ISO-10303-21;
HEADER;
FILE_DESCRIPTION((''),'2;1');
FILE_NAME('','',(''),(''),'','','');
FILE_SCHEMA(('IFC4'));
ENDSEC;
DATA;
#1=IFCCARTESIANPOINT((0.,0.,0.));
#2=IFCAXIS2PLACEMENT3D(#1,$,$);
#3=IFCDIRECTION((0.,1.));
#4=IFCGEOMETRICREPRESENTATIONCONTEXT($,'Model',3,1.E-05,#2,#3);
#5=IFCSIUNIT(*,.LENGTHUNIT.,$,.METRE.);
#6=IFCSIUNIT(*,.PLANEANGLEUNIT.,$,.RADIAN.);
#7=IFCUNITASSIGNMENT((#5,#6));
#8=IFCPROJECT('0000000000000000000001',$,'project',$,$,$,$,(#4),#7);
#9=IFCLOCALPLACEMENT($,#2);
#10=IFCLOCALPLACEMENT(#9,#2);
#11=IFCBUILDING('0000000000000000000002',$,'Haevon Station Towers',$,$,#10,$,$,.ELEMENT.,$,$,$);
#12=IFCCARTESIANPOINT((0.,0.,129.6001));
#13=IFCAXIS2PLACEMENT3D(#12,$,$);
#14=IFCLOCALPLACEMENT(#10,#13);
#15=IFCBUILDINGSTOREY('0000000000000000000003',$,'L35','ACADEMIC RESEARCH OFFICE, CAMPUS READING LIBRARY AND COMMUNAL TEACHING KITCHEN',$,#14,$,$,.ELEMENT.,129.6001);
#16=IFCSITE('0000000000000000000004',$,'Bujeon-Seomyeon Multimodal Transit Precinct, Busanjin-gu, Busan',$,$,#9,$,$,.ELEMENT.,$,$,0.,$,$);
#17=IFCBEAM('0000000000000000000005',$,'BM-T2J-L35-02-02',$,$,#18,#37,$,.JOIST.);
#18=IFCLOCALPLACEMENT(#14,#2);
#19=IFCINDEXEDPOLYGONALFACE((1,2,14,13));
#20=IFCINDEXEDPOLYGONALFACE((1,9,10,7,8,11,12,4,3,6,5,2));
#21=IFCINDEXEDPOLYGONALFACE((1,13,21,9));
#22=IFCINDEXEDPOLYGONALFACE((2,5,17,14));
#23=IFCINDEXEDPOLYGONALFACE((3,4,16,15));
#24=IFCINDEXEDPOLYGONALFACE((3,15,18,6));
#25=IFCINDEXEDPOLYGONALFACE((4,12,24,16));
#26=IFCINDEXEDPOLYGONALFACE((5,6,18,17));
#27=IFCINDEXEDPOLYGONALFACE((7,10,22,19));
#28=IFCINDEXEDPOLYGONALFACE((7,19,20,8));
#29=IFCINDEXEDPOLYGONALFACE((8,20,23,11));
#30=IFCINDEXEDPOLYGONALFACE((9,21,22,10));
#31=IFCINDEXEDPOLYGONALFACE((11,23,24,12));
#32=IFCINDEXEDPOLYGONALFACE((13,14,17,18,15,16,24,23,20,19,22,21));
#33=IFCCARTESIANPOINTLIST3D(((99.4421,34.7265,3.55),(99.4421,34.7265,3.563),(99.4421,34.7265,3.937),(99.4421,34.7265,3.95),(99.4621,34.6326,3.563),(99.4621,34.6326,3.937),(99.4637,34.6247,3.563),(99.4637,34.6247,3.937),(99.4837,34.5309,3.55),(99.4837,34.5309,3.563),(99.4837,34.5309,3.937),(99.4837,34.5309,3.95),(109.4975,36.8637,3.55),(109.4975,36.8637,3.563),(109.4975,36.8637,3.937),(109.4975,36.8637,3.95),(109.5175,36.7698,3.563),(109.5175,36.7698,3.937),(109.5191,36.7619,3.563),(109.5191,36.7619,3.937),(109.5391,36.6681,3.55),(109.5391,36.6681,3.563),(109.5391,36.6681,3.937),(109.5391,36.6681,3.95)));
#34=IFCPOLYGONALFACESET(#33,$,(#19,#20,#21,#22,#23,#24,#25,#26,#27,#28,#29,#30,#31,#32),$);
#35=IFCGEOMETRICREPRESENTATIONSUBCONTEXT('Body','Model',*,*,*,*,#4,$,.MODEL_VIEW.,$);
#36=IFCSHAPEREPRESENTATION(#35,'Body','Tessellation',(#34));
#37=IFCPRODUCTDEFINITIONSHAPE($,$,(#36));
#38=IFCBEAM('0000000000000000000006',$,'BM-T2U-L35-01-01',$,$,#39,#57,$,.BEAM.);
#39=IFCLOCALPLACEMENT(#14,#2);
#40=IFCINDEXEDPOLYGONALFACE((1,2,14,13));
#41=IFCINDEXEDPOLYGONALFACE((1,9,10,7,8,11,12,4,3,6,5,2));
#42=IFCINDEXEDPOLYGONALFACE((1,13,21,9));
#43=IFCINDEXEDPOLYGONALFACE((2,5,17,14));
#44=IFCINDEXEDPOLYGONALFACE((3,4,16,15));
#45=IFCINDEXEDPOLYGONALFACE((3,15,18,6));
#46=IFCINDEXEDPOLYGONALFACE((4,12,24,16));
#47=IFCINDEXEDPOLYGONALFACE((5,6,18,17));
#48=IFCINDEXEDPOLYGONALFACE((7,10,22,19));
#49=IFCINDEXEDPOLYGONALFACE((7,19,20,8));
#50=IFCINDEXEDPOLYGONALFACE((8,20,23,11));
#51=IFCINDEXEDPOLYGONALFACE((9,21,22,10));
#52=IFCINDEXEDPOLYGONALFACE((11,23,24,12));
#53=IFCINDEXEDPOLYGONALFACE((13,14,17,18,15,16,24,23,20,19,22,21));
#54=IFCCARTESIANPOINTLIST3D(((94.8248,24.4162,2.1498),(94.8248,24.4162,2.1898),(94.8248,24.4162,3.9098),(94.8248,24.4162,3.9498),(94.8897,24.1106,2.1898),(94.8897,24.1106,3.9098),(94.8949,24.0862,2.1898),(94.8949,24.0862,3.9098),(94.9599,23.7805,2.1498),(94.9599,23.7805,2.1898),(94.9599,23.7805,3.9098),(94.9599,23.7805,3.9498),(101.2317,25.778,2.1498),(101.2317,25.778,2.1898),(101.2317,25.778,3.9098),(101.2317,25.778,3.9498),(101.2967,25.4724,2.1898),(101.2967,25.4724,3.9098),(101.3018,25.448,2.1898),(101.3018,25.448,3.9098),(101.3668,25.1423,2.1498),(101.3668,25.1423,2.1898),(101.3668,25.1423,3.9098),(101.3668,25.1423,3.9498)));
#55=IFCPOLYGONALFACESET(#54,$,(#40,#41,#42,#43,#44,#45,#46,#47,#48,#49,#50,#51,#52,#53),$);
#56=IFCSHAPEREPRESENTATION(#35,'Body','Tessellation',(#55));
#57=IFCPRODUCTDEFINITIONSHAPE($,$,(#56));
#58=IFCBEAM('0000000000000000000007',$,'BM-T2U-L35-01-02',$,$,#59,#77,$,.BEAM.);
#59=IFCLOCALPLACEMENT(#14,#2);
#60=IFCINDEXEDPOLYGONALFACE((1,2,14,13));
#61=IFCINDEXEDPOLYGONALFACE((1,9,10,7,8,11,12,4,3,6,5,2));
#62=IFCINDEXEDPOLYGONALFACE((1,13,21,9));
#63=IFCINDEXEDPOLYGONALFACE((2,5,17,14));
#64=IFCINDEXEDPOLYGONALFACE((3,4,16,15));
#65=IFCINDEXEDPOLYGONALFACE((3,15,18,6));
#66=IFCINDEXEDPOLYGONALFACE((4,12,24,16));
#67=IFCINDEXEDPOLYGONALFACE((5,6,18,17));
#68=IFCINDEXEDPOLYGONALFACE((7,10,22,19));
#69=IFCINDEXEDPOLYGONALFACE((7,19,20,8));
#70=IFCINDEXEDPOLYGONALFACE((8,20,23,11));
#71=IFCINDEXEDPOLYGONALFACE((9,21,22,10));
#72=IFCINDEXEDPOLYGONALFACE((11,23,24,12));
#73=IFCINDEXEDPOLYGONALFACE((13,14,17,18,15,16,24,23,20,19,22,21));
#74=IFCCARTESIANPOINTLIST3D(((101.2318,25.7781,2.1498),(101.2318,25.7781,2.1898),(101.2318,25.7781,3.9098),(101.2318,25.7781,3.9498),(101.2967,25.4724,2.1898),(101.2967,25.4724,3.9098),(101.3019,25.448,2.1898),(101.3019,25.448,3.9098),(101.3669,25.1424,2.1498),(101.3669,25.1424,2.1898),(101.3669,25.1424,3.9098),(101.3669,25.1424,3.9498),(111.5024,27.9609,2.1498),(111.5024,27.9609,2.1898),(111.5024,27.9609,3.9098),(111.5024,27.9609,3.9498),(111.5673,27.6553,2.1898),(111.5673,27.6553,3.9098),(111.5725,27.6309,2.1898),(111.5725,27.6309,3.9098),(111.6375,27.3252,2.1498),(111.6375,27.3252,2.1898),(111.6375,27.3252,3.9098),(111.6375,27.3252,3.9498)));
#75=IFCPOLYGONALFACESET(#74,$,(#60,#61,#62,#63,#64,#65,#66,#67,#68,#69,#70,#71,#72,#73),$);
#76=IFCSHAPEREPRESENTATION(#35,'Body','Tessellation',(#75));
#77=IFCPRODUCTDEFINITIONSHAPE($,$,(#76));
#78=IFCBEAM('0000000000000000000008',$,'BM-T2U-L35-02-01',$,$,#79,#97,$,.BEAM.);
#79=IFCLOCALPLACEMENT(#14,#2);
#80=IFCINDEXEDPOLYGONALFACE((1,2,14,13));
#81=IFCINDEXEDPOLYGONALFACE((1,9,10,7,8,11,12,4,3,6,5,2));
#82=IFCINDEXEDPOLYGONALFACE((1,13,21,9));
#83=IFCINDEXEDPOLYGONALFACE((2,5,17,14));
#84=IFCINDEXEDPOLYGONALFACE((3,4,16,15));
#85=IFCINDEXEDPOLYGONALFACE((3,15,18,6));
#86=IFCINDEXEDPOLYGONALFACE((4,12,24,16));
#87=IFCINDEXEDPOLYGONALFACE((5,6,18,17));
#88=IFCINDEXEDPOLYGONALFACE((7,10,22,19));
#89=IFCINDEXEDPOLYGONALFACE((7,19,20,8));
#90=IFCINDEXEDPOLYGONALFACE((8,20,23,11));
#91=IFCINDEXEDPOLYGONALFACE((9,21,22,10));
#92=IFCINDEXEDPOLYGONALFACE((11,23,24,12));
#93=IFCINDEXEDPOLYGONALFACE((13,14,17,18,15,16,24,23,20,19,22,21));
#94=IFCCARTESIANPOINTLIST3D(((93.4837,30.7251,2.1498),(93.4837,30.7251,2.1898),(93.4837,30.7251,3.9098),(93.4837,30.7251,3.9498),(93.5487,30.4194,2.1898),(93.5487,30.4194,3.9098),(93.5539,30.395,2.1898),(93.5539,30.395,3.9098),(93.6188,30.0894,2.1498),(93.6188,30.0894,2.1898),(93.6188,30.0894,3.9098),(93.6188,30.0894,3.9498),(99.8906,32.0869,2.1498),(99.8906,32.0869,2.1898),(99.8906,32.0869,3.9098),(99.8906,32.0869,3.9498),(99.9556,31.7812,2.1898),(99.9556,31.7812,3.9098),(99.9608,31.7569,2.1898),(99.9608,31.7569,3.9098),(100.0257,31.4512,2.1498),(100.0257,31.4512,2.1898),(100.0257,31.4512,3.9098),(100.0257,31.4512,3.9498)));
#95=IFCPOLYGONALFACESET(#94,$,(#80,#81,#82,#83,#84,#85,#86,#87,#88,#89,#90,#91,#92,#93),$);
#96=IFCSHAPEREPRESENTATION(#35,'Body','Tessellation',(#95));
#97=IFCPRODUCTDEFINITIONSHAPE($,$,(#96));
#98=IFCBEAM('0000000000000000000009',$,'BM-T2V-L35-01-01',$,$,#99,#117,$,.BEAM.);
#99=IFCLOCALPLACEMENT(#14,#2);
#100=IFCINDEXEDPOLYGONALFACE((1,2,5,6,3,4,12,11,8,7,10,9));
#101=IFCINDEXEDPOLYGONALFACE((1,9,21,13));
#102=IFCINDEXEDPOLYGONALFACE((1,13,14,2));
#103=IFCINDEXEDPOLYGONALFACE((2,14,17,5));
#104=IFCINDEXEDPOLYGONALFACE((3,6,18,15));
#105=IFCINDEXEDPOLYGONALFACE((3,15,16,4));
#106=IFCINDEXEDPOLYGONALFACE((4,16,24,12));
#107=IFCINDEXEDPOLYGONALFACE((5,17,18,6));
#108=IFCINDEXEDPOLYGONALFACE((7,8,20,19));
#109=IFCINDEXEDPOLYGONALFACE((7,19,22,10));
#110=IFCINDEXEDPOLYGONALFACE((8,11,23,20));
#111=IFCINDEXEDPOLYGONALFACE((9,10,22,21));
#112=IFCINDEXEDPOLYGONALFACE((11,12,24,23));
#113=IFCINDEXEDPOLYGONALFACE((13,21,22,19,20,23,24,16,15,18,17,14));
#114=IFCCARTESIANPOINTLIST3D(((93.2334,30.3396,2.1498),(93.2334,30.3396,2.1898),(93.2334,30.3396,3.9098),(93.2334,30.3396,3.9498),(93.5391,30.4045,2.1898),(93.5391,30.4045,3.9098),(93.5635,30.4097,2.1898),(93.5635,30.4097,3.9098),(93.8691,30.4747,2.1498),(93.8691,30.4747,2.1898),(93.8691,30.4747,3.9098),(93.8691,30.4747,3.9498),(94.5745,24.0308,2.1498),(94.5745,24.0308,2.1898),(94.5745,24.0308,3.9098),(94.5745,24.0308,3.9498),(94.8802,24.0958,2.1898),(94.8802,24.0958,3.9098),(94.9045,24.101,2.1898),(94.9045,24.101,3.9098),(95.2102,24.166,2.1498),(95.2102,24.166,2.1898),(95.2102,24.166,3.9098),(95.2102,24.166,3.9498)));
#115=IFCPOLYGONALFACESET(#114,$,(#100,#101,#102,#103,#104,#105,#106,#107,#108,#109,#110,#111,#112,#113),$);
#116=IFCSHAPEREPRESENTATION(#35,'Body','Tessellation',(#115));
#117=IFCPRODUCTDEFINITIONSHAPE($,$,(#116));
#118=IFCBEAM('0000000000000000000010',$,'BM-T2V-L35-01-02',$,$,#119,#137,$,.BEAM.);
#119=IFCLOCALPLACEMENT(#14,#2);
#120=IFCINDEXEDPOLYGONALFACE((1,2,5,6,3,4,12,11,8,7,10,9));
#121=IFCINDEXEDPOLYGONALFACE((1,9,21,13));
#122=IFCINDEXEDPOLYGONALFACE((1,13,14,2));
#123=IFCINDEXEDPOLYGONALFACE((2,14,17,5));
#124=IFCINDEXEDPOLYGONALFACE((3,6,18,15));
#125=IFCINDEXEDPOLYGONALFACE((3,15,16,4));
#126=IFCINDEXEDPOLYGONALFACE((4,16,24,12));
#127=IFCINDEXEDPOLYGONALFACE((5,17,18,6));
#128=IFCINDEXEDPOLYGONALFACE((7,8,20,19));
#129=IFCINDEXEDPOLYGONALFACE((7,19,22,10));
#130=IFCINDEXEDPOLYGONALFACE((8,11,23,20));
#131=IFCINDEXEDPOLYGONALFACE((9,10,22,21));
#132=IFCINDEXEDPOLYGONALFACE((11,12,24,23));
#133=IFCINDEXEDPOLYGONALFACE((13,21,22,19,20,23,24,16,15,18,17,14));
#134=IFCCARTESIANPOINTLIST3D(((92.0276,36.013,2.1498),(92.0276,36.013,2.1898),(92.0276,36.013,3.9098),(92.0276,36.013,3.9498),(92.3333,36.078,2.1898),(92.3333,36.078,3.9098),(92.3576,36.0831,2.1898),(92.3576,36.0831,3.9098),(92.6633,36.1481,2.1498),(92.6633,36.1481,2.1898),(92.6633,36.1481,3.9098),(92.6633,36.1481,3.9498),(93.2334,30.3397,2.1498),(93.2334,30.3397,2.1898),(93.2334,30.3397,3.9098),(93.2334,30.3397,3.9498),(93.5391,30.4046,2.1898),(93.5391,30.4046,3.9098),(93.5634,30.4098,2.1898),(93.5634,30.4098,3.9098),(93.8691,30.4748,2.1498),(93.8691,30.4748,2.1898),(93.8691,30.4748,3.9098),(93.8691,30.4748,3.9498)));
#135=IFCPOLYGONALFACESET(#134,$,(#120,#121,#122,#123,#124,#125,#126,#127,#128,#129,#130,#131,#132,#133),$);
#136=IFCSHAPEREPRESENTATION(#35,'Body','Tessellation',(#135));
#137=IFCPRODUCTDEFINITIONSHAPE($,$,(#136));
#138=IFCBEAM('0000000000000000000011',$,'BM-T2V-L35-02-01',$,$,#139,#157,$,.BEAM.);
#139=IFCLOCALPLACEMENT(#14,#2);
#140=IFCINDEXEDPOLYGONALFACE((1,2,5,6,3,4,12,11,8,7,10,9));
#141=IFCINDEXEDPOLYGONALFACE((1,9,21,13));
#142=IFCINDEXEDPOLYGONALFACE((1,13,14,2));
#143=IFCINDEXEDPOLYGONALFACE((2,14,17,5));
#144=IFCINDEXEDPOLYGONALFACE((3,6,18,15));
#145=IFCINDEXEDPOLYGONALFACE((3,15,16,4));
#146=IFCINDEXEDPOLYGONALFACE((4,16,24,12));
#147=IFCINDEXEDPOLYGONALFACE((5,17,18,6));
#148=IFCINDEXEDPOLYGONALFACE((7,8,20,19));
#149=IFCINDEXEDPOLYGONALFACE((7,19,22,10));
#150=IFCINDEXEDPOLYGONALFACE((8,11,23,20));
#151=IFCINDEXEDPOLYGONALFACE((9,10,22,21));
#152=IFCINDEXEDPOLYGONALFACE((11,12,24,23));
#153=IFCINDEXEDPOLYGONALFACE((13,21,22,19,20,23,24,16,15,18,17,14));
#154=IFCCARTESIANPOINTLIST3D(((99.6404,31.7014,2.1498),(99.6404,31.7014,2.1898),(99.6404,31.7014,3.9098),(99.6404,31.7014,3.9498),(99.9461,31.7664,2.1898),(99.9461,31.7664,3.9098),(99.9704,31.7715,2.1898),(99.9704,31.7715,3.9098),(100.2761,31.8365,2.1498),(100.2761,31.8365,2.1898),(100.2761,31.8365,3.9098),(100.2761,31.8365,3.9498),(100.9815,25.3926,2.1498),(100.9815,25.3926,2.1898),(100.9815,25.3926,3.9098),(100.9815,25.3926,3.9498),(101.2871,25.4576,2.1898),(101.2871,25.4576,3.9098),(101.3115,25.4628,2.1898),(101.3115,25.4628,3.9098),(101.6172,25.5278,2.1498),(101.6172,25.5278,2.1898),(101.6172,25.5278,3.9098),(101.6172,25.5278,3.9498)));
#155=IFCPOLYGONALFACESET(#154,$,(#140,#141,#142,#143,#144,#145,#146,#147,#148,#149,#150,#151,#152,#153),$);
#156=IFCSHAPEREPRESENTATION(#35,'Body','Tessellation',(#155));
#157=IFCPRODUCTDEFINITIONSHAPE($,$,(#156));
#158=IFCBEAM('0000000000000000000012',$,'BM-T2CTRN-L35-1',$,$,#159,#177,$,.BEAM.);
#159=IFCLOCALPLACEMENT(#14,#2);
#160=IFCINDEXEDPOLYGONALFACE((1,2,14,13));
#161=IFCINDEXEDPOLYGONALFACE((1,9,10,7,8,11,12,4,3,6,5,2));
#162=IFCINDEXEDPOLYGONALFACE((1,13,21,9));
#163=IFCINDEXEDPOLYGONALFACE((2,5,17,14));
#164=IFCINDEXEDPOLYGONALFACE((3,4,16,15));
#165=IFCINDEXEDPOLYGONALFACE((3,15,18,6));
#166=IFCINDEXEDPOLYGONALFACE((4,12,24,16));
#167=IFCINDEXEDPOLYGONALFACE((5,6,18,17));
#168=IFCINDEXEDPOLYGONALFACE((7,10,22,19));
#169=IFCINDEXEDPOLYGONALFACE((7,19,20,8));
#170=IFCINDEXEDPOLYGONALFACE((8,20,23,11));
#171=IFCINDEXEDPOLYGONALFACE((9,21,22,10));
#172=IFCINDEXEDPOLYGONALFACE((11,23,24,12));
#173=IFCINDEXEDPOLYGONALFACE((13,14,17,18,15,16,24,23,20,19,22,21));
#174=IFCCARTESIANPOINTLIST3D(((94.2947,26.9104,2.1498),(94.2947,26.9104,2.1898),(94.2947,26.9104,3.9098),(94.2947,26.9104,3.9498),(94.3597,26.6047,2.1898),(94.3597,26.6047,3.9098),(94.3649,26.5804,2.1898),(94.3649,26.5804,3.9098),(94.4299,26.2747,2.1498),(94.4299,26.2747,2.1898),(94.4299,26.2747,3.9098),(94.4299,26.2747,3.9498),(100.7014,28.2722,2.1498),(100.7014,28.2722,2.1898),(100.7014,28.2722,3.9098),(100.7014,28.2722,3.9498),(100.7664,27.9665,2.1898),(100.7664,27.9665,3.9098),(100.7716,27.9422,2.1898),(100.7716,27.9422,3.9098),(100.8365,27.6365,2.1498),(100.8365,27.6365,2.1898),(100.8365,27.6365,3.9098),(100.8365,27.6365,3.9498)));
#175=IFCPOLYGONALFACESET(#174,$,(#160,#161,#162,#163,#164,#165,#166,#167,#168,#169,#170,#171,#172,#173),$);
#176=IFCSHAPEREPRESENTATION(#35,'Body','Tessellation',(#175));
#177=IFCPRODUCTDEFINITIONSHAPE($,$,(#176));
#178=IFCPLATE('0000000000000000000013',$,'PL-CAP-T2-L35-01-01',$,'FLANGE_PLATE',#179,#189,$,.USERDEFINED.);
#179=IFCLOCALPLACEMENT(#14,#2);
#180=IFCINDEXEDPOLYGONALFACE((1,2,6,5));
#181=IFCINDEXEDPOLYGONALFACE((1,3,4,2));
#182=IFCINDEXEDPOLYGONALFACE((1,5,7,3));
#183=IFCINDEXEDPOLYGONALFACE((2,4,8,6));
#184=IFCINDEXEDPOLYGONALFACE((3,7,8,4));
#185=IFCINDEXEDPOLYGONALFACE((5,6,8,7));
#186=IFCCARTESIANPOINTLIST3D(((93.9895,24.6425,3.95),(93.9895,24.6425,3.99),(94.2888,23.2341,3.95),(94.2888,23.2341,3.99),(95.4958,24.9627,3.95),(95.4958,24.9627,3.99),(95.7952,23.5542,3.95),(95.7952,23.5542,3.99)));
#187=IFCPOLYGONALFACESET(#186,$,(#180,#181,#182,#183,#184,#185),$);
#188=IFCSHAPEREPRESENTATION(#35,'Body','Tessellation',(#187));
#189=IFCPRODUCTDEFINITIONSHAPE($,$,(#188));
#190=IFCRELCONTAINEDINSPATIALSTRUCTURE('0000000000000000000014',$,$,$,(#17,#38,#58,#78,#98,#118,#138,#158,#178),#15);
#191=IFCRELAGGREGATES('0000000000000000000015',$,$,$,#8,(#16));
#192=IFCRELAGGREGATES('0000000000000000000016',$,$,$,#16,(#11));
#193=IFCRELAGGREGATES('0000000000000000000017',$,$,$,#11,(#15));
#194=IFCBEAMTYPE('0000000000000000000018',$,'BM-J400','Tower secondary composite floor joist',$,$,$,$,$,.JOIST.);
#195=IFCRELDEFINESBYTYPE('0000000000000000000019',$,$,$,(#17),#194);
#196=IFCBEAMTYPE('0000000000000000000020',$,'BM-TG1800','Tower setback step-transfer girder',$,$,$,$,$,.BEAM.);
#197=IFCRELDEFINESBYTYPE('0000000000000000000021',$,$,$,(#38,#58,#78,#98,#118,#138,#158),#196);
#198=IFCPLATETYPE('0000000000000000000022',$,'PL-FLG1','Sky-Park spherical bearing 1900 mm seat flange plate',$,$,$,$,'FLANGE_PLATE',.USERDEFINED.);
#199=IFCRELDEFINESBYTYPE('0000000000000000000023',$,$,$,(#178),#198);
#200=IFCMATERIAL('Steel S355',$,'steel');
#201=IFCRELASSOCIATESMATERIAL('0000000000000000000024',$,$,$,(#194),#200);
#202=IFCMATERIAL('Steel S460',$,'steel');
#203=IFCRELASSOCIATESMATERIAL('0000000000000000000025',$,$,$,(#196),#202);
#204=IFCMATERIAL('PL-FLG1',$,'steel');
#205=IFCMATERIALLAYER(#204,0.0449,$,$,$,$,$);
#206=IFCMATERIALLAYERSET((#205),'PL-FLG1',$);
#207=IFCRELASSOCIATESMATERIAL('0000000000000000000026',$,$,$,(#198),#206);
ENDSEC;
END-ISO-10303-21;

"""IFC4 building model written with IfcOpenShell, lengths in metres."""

from ifc_helpers import new_model, si_unit, direction, frame, origin, origin_2d, place, context, subcontext, project, spatial, rectangle, i_section, extrude, material, layer, layer_set, material_profile, profile_set, type_object, element, save


model = new_model("IFC4")

# Units and contexts
model_context = context("Model", 3, precision=1e-05, world=origin(), true_north=direction((0.0, 1.0)))
body_context = subcontext(model_context, "Body", "Model", "MODEL_VIEW")
ifc_project = project(units=[si_unit("LENGTHUNIT", "METRE"), si_unit("PLANEANGLEUNIT", "RADIAN")], contexts=[model_context])

# Site, building, storey
site_placement = place(None, origin())
site = spatial("IfcSite", under=ifc_project, at=site_placement, Name="Bujeon-Seomyeon Multimodal Transit Precinct, Busanjin-gu, Busan", CompositionType="ELEMENT", RefElevation=0.0)
building_placement = place(site_placement, origin())
building = spatial("IfcBuilding", under=site, at=building_placement, Name="Haevon Station Towers", CompositionType="ELEMENT")
storey_placement = place(building_placement, frame((0.0, 0.0, 129.6001)))
storey = spatial("IfcBuildingStorey", under=building, at=storey_placement, Name="L35", Description="ACADEMIC RESEARCH OFFICE, CAMPUS READING LIBRARY AND COMMUNAL TEACHING KITCHEN", CompositionType="ELEMENT", Elevation=129.6001)

# Shared definitions
ifc_material_1 = material(Name="Steel S460", Category="steel")

# Beams
ifc_material_2 = material(Name="Steel S355", Category="steel")
ifc_material_profile_1 = material_profile(ifc_material_2, i_section(OverallWidth=0.2, OverallDepth=0.3999, WebThickness=0.0081, FlangeThickness=0.0129, at=origin_2d()), Name="H-400x200x8x13")
ifc_profile_set_1 = profile_set([ifc_material_profile_1], Name="Steel S355")
beam_type_1 = type_object("IfcBeamType", Name="BM-J400", Description="Tower secondary composite floor joist", PredefinedType="JOIST", material=ifc_profile_set_1)
for number, where, z_axis, x_axis, name in (
    (1, (99.4629, 34.6287, 3.75), (0.97815, 0.207899, 0.0), (-0.207899, 0.97815, 0.0), "BM-T2J-L35-02-02"),
):
    element("IfcBeam", number, at=place(storey_placement, frame(where, z_axis=z_axis, x_axis=x_axis)), inside=storey, type_object=beam_type_1, Name=name, PredefinedType="JOIST", context=body_context, shape_type="SweptSolid", body=[
        extrude(i_section(OverallWidth=0.2, OverallDepth=0.3999, WebThickness=0.0081, FlangeThickness=0.0129, at=origin_2d()), origin(), (0.0, 0.0, 1.0), 10.28),
    ])
ifc_material_profile_2 = material_profile(ifc_material_1, i_section(OverallWidth=0.6499, OverallDepth=1.8, WebThickness=0.0249, FlangeThickness=0.04, at=origin_2d()), Name="H-1800x650x25x40")
ifc_profile_set_2 = profile_set([ifc_material_profile_2], Name="Steel S460")
beam_type_2 = type_object("IfcBeamType", Name="BM-TG1800", Description="Tower setback step-transfer girder", PredefinedType="BEAM", material=ifc_profile_set_2)
beam_1_placement = place(storey_placement, frame((94.8923, 24.0984, 3.0498), z_axis=(0.978149, 0.207907, 0.0), x_axis=(-0.207907, 0.978149, 0.0)))
element("IfcBeam", 2, at=beam_1_placement, inside=storey, type_object=beam_type_2, Name="BM-T2U-L35-01-01", PredefinedType="BEAM", context=body_context, shape_type="SweptSolid", body=[
    extrude(i_section(OverallWidth=0.6499, OverallDepth=1.8, WebThickness=0.0249, FlangeThickness=0.04, at=origin_2d()), origin(), (0.0, 0.0, 1.0), 6.55),
])
beam_2_placement = place(storey_placement, frame((101.2993, 25.4602, 3.0498), z_axis=(0.978152, 0.207893, 0.0), x_axis=(-0.207893, 0.978152, 0.0)))
element("IfcBeam", 3, at=beam_2_placement, inside=storey, type_object=beam_type_2, Name="BM-T2U-L35-01-02", PredefinedType="BEAM", context=body_context, shape_type="SweptSolid", body=[
    extrude(i_section(OverallWidth=0.6499, OverallDepth=1.8, WebThickness=0.0249, FlangeThickness=0.04, at=origin_2d()), origin(), (0.0, 0.0, 1.0), 10.5),
])
beam_3_placement = place(storey_placement, frame((93.5513, 30.4072, 3.0498), z_axis=(0.978149, 0.207907, 0.0), x_axis=(-0.207907, 0.978149, 0.0)))
element("IfcBeam", 4, at=beam_3_placement, inside=storey, type_object=beam_type_2, Name="BM-T2U-L35-02-01", PredefinedType="BEAM", context=body_context, shape_type="SweptSolid", body=[
    extrude(i_section(OverallWidth=0.6499, OverallDepth=1.8, WebThickness=0.0249, FlangeThickness=0.04, at=origin_2d()), origin(), (0.0, 0.0, 1.0), 6.55),
])
beam_4_placement = place(storey_placement, frame((94.8923, 24.0984, 3.0498), z_axis=(-0.207923, 0.978145, 0.0), x_axis=(-0.978145, -0.207923, 0.0)))
element("IfcBeam", 5, at=beam_4_placement, inside=storey, type_object=beam_type_2, Name="BM-T2V-L35-01-01", PredefinedType="BEAM", context=body_context, shape_type="SweptSolid", body=[
    extrude(i_section(OverallWidth=0.6499, OverallDepth=1.8, WebThickness=0.0249, FlangeThickness=0.04, at=origin_2d()), origin(), (0.0, 0.0, 1.0), 6.4497),
])
beam_5_placement = place(storey_placement, frame((93.5513, 30.4072, 3.0498), z_axis=(-0.207896, 0.978151, 0.0), x_axis=(-0.978151, -0.207896, 0.0)))
element("IfcBeam", 6, at=beam_5_placement, inside=storey, type_object=beam_type_2, Name="BM-T2V-L35-01-02", PredefinedType="BEAM", context=body_context, shape_type="SweptSolid", body=[
    extrude(i_section(OverallWidth=0.6499, OverallDepth=1.8, WebThickness=0.0249, FlangeThickness=0.04, at=origin_2d()), origin(), (0.0, 0.0, 1.0), 5.8),
])
beam_6_placement = place(storey_placement, frame((101.2993, 25.4602, 3.0498), z_axis=(-0.207923, 0.978145, 0.0), x_axis=(-0.978145, -0.207923, 0.0)))
element("IfcBeam", 7, at=beam_6_placement, inside=storey, type_object=beam_type_2, Name="BM-T2V-L35-02-01", PredefinedType="BEAM", context=body_context, shape_type="SweptSolid", body=[
    extrude(i_section(OverallWidth=0.6499, OverallDepth=1.8, WebThickness=0.0249, FlangeThickness=0.04, at=origin_2d()), origin(), (0.0, 0.0, 1.0), 6.4497),
])
beam_7_placement = place(storey_placement, frame((94.3623, 26.5925, 3.0498), z_axis=(0.978147, 0.207915, 0.0), x_axis=(-0.207915, 0.978147, 0.0)))
element("IfcBeam", 8, at=beam_7_placement, inside=storey, type_object=beam_type_2, Name="BM-T2CTRN-L35-1", PredefinedType="BEAM", context=body_context, shape_type="SweptSolid", body=[
    extrude(i_section(OverallWidth=0.6499, OverallDepth=1.8, WebThickness=0.0249, FlangeThickness=0.04, at=origin_2d()), origin(), (0.0, 0.0, 1.0), 6.5498),
])

# Plate
ifc_material_3 = material(Name="PL-FLG1", Category="steel")
ifc_layer_1 = layer(ifc_material_3, 0.0449)
ifc_layer_set_1 = layer_set([ifc_layer_1], Name="PL-FLG1")
plate_type_1 = type_object("IfcPlateType", Name="PL-FLG1", Description="Sky-Park spherical bearing 1900 mm seat flange plate", ElementType="FLANGE_PLATE", PredefinedType="USERDEFINED", material=ifc_layer_set_1)
plate_1_placement = place(storey_placement, frame((94.8923, 24.0984, 3.95), z_axis=(0.0, 0.0, 1.0), x_axis=(0.978148, 0.207912, 0.0)))
element("IfcPlate", 9, at=plate_1_placement, inside=storey, type_object=plate_type_1, Name="PL-CAP-T2-L35-01-01", ObjectType="FLANGE_PLATE", PredefinedType="USERDEFINED", context=body_context, shape_type="SweptSolid", body=[
    extrude(rectangle(XDim=1.54, YDim=1.4399, at=origin_2d()), origin(), (0.0, 0.0, 1.0), 0.04),
])

save(model, "model.ifc")
